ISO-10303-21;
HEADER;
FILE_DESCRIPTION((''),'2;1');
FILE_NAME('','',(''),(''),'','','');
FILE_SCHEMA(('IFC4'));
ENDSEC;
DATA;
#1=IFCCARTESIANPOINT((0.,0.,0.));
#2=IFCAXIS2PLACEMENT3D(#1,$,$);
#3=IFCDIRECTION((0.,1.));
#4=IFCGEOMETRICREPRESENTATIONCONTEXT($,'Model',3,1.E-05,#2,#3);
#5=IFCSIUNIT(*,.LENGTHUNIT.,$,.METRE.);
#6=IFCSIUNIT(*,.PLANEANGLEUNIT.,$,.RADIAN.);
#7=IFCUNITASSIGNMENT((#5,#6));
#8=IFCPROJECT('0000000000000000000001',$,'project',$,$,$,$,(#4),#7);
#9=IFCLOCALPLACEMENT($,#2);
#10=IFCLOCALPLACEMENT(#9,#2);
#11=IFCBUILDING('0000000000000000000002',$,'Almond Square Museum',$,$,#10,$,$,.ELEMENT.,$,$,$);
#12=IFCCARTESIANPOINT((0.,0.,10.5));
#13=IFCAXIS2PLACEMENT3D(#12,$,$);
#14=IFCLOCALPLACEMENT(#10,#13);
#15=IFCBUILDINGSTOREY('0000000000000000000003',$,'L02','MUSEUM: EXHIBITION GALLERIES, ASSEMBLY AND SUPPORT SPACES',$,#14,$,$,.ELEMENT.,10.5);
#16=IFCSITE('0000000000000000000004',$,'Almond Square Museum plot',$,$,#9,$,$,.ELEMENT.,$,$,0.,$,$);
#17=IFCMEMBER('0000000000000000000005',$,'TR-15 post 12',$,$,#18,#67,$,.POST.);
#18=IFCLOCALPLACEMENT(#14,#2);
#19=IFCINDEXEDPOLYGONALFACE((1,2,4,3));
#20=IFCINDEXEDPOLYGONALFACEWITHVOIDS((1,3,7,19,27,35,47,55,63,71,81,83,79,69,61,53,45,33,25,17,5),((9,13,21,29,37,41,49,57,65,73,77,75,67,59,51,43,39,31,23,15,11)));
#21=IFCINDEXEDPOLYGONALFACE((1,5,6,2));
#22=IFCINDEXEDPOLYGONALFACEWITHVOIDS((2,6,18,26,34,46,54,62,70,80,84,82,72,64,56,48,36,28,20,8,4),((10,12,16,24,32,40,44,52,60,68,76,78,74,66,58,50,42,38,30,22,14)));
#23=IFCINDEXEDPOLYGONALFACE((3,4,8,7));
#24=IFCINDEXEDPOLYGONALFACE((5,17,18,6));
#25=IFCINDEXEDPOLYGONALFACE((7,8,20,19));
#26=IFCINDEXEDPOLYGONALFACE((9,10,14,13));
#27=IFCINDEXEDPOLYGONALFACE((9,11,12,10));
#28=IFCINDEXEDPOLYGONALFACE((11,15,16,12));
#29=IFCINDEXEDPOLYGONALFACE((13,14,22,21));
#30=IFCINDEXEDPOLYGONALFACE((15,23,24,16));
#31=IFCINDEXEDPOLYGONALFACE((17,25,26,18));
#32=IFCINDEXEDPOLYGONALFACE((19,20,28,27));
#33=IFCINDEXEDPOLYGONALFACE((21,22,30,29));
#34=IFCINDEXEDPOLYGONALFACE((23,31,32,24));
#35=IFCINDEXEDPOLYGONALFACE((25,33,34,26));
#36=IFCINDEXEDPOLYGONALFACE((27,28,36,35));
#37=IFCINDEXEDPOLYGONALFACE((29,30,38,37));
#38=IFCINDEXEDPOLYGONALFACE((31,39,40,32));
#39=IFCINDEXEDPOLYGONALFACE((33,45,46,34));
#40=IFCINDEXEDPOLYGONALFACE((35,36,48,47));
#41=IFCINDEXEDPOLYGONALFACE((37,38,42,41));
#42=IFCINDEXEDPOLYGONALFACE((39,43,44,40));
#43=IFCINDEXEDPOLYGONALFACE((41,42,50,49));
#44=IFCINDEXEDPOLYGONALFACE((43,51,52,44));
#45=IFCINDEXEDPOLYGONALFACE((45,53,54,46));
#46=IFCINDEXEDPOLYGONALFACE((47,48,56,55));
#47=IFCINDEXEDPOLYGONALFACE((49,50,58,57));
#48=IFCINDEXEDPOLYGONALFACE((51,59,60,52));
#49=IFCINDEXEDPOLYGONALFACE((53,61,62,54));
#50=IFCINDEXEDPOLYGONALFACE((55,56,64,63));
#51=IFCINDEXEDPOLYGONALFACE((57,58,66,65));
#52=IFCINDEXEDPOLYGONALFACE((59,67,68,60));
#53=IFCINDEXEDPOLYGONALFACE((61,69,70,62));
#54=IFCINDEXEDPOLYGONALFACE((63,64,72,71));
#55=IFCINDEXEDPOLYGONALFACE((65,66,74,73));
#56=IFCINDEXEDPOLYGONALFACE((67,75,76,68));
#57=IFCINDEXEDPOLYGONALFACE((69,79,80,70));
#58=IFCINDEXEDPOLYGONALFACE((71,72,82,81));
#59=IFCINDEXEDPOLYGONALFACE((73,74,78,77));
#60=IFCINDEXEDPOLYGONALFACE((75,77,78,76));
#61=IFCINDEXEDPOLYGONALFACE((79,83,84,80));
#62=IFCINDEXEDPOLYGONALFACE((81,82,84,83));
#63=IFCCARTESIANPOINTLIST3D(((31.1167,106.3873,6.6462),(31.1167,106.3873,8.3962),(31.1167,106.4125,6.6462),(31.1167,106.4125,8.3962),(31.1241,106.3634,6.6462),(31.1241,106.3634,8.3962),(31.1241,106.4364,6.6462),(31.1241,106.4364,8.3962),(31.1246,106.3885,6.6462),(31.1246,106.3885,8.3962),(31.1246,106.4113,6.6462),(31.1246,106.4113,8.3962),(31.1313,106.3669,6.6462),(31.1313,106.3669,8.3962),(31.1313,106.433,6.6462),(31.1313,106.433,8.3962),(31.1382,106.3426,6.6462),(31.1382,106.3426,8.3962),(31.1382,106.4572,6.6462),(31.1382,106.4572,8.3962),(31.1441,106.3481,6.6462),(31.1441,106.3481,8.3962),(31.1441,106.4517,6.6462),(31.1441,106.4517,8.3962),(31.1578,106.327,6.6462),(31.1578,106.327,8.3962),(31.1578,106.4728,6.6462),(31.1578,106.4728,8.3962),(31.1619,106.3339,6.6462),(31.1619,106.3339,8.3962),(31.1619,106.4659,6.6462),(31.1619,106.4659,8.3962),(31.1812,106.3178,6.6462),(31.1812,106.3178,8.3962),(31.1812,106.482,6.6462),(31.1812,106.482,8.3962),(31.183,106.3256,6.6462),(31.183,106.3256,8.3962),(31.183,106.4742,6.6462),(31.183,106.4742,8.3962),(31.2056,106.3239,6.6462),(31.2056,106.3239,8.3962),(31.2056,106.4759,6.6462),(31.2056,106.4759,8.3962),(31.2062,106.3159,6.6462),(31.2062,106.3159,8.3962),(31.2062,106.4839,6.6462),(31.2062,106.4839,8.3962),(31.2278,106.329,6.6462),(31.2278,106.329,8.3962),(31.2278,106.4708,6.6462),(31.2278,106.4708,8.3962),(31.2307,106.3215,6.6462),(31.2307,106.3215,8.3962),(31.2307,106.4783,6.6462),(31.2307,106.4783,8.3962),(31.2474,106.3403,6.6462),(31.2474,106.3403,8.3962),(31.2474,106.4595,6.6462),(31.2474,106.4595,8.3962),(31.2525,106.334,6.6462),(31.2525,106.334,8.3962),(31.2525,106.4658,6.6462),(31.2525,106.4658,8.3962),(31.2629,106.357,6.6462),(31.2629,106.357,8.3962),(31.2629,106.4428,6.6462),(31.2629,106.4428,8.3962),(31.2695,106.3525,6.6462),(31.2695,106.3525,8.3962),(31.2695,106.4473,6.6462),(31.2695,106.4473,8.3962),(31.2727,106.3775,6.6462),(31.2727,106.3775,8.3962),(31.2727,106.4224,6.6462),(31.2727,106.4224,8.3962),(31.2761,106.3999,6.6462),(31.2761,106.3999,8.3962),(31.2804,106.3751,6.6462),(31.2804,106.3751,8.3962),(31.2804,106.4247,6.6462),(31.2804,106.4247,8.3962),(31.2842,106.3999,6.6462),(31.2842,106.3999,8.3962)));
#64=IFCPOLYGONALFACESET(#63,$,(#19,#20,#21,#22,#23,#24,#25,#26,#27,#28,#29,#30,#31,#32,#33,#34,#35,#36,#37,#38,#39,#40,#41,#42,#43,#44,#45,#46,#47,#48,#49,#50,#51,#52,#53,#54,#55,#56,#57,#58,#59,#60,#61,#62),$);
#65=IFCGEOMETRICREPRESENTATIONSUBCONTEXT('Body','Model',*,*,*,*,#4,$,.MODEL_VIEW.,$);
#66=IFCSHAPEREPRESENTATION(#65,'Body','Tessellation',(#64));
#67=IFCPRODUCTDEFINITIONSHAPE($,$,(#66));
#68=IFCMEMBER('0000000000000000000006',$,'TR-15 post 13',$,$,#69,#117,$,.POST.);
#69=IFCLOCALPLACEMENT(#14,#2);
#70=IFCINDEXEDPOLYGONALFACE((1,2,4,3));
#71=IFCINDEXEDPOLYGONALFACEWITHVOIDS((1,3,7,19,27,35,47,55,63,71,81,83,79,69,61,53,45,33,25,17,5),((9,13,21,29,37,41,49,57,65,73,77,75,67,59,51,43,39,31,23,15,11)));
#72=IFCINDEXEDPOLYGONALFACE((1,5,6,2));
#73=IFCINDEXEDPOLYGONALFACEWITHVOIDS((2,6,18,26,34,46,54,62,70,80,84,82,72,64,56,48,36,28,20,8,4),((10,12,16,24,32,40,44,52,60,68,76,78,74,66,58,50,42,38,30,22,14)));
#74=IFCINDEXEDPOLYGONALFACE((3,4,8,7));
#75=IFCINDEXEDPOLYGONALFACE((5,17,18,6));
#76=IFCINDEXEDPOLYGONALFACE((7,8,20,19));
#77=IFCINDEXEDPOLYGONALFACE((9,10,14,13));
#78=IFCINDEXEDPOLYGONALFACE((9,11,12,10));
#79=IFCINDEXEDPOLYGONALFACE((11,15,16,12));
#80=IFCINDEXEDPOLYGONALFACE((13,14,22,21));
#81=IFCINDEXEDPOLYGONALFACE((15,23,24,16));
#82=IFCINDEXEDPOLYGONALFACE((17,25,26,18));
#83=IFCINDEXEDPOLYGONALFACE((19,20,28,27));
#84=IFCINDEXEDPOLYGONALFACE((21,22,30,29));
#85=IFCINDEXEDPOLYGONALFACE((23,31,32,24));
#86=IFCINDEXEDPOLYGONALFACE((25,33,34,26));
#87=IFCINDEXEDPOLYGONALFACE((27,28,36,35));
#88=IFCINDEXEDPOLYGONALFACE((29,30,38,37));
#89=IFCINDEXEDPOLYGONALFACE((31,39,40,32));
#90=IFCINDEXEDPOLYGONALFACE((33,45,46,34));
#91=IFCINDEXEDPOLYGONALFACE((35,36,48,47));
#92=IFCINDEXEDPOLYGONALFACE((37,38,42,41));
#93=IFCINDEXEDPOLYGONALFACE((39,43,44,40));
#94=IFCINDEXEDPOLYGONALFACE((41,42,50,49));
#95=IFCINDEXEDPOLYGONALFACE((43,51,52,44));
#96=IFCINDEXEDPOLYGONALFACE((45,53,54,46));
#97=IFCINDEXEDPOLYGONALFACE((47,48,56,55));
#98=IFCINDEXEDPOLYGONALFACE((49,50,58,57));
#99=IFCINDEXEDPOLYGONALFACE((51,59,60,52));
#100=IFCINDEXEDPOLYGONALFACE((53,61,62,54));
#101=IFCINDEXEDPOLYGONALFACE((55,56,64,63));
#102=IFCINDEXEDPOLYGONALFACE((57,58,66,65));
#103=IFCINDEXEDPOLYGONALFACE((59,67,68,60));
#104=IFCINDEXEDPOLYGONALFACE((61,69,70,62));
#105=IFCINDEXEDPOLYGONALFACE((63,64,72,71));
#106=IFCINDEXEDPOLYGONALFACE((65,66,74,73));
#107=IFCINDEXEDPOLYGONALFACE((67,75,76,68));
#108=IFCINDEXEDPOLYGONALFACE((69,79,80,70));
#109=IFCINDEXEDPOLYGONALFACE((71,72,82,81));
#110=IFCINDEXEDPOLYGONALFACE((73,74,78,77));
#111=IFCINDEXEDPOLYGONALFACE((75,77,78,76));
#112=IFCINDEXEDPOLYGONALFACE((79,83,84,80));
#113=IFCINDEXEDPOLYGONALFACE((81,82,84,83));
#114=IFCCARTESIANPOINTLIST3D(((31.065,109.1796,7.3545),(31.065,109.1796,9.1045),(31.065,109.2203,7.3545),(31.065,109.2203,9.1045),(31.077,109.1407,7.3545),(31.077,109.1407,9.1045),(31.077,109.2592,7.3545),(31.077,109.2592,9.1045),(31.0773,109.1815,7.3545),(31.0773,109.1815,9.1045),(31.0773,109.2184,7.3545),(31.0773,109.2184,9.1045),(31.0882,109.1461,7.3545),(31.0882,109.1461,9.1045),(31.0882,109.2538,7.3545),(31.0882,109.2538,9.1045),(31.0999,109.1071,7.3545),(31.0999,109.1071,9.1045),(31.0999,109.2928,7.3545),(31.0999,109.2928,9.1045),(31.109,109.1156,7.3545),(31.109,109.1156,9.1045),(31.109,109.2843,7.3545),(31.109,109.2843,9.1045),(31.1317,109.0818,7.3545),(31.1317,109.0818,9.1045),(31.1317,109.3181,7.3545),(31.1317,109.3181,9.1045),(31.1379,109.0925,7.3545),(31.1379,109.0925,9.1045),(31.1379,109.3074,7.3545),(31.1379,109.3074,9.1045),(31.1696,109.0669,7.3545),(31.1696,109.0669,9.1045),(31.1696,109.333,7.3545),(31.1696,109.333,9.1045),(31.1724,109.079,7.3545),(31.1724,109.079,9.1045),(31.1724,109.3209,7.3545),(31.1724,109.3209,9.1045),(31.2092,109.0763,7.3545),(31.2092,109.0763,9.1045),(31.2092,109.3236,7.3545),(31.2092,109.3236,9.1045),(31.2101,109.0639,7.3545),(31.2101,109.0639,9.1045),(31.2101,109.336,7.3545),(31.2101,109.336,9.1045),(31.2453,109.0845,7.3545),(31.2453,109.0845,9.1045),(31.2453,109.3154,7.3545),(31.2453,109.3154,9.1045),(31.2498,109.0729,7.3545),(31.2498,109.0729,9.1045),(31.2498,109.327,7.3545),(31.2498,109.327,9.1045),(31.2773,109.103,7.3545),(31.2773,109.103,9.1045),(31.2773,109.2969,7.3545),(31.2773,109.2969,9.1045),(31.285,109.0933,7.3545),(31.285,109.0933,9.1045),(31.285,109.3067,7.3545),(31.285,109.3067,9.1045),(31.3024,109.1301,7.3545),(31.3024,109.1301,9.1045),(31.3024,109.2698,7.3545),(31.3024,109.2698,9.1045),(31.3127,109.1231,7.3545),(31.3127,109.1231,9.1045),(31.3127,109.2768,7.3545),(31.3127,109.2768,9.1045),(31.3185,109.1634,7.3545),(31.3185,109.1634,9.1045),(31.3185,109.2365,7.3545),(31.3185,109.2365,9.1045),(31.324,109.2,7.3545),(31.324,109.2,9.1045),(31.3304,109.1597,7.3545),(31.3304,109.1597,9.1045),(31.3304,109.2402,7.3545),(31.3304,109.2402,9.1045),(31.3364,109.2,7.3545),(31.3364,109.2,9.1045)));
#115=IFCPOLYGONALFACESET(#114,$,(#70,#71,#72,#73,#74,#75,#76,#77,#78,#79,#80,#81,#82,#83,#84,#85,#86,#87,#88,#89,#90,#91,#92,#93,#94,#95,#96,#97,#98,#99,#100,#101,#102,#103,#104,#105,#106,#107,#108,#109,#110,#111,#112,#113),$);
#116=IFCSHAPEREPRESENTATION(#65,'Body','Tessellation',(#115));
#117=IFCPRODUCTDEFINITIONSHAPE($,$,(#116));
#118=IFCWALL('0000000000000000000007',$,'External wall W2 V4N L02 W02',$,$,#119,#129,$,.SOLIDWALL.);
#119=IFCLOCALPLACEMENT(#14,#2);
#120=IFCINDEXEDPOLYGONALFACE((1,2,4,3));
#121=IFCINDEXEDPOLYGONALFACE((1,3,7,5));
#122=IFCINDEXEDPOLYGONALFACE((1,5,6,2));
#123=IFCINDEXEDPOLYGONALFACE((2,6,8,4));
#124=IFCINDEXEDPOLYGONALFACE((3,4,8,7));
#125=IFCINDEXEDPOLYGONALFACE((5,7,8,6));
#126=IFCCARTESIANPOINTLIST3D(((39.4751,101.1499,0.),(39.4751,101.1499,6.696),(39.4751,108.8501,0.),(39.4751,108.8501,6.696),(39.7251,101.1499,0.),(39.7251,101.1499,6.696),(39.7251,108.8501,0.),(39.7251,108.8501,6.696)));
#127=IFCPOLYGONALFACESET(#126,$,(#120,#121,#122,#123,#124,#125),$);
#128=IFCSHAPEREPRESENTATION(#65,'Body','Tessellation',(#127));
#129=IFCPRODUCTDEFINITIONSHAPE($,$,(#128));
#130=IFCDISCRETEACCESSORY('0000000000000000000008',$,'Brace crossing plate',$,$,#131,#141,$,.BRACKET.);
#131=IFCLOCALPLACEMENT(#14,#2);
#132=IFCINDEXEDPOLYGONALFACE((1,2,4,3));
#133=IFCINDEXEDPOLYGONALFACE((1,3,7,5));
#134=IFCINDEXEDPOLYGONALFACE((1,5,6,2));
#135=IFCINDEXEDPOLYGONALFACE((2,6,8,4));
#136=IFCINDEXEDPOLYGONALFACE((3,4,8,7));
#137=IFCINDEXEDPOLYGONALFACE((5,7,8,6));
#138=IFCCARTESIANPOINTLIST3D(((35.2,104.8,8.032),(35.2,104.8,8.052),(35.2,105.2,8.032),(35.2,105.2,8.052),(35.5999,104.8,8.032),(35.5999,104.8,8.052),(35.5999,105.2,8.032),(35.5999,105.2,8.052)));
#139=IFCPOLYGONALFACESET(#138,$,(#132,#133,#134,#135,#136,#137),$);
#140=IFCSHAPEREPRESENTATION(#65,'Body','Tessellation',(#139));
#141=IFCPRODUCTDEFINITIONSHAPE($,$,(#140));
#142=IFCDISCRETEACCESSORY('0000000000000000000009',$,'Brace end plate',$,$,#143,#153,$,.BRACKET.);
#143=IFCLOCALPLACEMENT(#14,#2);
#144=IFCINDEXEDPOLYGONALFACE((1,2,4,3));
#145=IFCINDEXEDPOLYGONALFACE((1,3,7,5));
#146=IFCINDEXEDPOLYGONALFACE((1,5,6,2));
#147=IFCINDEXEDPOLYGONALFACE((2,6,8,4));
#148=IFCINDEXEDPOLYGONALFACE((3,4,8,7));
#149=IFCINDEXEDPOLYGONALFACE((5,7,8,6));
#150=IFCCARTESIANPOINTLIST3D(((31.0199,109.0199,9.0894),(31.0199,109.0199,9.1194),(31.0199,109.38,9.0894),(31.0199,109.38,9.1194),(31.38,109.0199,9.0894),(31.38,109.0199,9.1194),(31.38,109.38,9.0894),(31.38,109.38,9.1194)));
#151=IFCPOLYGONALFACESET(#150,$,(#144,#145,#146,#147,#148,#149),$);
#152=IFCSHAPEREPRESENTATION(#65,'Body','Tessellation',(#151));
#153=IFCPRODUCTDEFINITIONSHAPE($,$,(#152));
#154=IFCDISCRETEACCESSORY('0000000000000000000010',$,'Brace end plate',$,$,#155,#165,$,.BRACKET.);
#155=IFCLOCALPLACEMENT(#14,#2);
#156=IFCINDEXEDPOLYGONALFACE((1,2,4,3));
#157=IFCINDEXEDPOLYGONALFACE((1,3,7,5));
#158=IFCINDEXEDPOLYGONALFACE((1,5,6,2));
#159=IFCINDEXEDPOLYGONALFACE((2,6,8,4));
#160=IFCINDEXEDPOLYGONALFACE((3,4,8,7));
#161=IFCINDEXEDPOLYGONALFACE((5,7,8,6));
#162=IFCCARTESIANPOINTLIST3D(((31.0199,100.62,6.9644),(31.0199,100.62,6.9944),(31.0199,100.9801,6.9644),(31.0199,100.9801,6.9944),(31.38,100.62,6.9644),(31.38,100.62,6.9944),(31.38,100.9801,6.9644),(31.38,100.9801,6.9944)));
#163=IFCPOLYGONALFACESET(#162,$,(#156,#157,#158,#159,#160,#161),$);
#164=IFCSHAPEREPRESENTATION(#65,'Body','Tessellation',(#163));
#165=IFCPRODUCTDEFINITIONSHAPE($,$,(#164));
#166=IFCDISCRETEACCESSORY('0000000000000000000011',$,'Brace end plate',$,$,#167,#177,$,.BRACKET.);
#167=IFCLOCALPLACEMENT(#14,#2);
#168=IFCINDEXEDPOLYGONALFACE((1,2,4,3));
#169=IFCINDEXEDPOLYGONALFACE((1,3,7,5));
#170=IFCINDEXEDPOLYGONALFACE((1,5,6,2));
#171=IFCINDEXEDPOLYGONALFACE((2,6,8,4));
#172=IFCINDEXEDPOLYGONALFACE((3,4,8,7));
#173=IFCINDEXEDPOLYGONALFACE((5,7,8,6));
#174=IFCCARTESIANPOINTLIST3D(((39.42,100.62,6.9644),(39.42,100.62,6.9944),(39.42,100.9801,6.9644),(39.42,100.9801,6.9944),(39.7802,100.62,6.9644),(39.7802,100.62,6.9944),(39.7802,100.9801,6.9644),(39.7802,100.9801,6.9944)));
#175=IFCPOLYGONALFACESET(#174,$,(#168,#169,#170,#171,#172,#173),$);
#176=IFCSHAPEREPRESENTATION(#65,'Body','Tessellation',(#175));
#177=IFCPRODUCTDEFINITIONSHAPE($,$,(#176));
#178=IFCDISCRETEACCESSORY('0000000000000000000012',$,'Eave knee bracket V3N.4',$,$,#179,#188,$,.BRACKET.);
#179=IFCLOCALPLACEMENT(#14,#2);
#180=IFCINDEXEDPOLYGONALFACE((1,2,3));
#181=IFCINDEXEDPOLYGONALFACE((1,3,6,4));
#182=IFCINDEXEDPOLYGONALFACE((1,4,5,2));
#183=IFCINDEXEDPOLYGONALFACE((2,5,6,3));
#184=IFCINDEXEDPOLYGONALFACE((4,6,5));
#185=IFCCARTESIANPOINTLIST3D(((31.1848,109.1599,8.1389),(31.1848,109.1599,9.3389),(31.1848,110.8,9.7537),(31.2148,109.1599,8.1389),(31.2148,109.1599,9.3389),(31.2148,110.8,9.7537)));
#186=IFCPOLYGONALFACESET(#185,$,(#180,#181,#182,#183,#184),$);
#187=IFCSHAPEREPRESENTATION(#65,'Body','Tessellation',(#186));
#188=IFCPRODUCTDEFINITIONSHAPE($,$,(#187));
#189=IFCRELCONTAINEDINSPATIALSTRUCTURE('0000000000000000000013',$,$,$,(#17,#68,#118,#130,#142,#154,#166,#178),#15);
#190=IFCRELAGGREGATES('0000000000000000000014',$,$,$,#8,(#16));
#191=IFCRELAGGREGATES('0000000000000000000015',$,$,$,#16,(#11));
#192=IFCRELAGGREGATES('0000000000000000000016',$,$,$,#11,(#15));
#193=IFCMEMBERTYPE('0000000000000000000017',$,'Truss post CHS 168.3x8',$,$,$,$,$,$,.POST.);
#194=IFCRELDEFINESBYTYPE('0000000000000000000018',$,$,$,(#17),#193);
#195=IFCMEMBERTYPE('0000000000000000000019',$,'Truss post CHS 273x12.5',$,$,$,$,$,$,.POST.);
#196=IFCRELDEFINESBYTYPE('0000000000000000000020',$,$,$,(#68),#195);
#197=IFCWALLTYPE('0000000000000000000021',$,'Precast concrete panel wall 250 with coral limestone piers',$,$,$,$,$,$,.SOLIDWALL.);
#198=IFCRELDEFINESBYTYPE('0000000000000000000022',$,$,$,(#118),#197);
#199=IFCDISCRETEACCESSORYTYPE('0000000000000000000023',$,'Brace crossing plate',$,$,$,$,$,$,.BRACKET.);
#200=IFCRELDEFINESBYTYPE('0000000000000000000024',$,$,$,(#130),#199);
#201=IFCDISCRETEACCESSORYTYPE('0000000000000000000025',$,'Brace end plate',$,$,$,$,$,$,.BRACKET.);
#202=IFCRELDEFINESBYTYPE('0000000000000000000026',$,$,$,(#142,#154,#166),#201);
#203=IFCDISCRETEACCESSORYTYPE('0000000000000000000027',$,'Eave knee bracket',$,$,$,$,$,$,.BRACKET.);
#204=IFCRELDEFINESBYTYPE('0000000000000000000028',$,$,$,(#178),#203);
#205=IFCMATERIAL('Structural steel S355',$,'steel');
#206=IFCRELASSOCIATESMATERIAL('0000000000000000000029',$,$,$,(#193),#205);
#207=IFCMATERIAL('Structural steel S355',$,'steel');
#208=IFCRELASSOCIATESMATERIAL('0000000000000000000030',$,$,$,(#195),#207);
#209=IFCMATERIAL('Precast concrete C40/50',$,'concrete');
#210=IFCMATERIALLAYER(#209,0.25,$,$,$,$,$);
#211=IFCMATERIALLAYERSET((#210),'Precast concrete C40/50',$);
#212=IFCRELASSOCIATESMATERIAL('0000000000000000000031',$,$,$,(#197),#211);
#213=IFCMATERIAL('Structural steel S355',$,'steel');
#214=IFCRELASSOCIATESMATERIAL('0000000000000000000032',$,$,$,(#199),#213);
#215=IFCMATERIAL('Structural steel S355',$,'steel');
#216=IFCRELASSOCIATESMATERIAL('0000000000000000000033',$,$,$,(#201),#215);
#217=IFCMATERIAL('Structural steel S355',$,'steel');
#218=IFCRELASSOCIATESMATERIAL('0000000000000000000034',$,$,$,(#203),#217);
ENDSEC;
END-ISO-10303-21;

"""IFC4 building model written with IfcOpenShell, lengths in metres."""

from ifc_helpers import new_model, si_unit, direction, frame, frame_2d, origin, origin_2d, place, context, subcontext, project, spatial, polyline, rectangle, hollow_circle, outline, extrude, material, layer, layer_set, material_profile, profile_set, type_object, element, save


model = new_model("IFC4")

# Units and contexts
model_context = context("Model", 3, precision=1e-05, world=origin(), true_north=direction((0.0, 1.0)))
body_context = subcontext(model_context, "Body", "Model", "MODEL_VIEW")
ifc_project = project(units=[si_unit("LENGTHUNIT", "METRE"), si_unit("PLANEANGLEUNIT", "RADIAN")], contexts=[model_context])

# Site, building, storey
site_placement = place(None, origin())
site = spatial("IfcSite", under=ifc_project, at=site_placement, Name="Almond Square Museum plot", CompositionType="ELEMENT", RefElevation=0.0)
building_placement = place(site_placement, origin())
building = spatial("IfcBuilding", under=site, at=building_placement, Name="Almond Square Museum", CompositionType="ELEMENT")
storey_placement = place(building_placement, frame((0.0, 0.0, 10.5)))
storey = spatial("IfcBuildingStorey", under=building, at=storey_placement, Name="L02", Description="MUSEUM: EXHIBITION GALLERIES, ASSEMBLY AND SUPPORT SPACES", CompositionType="ELEMENT", Elevation=10.5)

# Members
ifc_material_1 = material(Name="Structural steel S355", Category="steel")
ifc_material_profile_1 = material_profile(ifc_material_1, hollow_circle(Radius=0.0842, WallThickness=0.0081, at=origin_2d()))
ifc_profile_set_1 = profile_set([ifc_material_profile_1], Name="Structural steel S355")
member_type_1 = type_object("IfcMemberType", Name="Truss post CHS 168.3x8", PredefinedType="POST", material=ifc_profile_set_1)
for number, where, z_axis, x_axis, name in (
    (1, (31.2, 106.3999, 6.6462), (0.0, 0.0, 1.0), (1.0, 0.0, 0.0), "TR-15 post 12"),
):
    element("IfcMember", number, at=place(storey_placement, frame(where, z_axis=z_axis, x_axis=x_axis)), inside=storey, type_object=member_type_1, Name=name, PredefinedType="POST", context=body_context, shape_type="SweptSolid", body=[
        extrude(hollow_circle(Radius=0.0842, WallThickness=0.0081, at=origin_2d()), origin(), (0.0, 0.0, 1.0), 1.75),
    ])
ifc_material_2 = material(Name="Structural steel S355", Category="steel")
ifc_material_profile_2 = material_profile(ifc_material_2, hollow_circle(Radius=0.1365, WallThickness=0.0125, at=origin_2d()))
ifc_profile_set_2 = profile_set([ifc_material_profile_2], Name="Structural steel S355")
member_type_2 = type_object("IfcMemberType", Name="Truss post CHS 273x12.5", PredefinedType="POST", material=ifc_profile_set_2)
member_1_placement = place(storey_placement, frame((31.2, 109.2, 7.3545), z_axis=(0.0, 0.0, 1.0), x_axis=(1.0, 0.0, 0.0)))
element("IfcMember", 2, at=member_1_placement, inside=storey, type_object=member_type_2, Name="TR-15 post 13", PredefinedType="POST", context=body_context, shape_type="SweptSolid", body=[
    extrude(hollow_circle(Radius=0.1365, WallThickness=0.0125, at=origin_2d()), origin(), (0.0, 0.0, 1.0), 1.75),
])

# Wall
ifc_material_3 = material(Name="Precast concrete C40/50", Category="concrete")
ifc_layer = layer(ifc_material_3, 0.25)
ifc_layer_set = layer_set([ifc_layer], Name="Precast concrete C40/50")
wall_type = type_object("IfcWallType", Name="Precast concrete panel wall 250 with coral limestone piers", PredefinedType="SOLIDWALL", material=ifc_layer_set)
wall_placement = place(storey_placement, frame((39.6001, 101.1499, 0.0), z_axis=(0.0, 0.0, 1.0), x_axis=(0.0, 1.0, 0.0)))
element("IfcWall", 3, at=wall_placement, inside=storey, type_object=wall_type, Name="External wall W2 V4N L02 W02", PredefinedType="SOLIDWALL", context=body_context, shape_type="SweptSolid", body=[
    extrude(rectangle(XDim=7.7002, YDim=0.25, at=frame_2d((3.8501, 0.0))), origin(), (0.0, 0.0, 1.0), 6.696),
])

# Discrete accessories
ifc_material_4 = material(Name="Structural steel S355", Category="steel")
discrete_accessory_type_1 = type_object("IfcDiscreteAccessoryType", Name="Brace crossing plate", PredefinedType="BRACKET", material=ifc_material_4)
discrete_accessory_1_placement = place(storey_placement, frame((35.3999, 105.0, 8.032), z_axis=(0.0, 0.0, 1.0), x_axis=(1.0, 0.0, 0.0)))
element("IfcDiscreteAccessory", 4, at=discrete_accessory_1_placement, inside=storey, type_object=discrete_accessory_type_1, Name="Brace crossing plate", PredefinedType="BRACKET", context=body_context, shape_type="SweptSolid", body=[
    extrude(rectangle(XDim=0.3999, YDim=0.3999, at=origin_2d()), origin(), (0.0, 0.0, 1.0), 0.02),
])
ifc_material_5 = material(Name="Structural steel S355", Category="steel")
discrete_accessory_type_2 = type_object("IfcDiscreteAccessoryType", Name="Brace end plate", PredefinedType="BRACKET", material=ifc_material_5)
for number, where, z_axis, x_axis, name in (
    (5, (31.2, 109.2, 9.0894), (0.0, 0.0, 1.0), (1.0, 0.0, 0.0), "Brace end plate"),
    (6, (31.2, 100.8, 6.9644), (0.0, 0.0, 1.0), (1.0, 0.0, 0.0), "Brace end plate"),
    (7, (39.6001, 100.8, 6.9644), (0.0, 0.0, 1.0), (1.0, 0.0, 0.0), "Brace end plate"),
):
    element("IfcDiscreteAccessory", number, at=place(storey_placement, frame(where, z_axis=z_axis, x_axis=x_axis)), inside=storey, type_object=discrete_accessory_type_2, Name=name, PredefinedType="BRACKET", context=body_context, shape_type="SweptSolid", body=[
        extrude(rectangle(XDim=0.3601, YDim=0.3601, at=origin_2d()), origin(), (0.0, 0.0, 1.0), 0.03),
    ])
ifc_material_6 = material(Name="Structural steel S355", Category="steel")
discrete_accessory_type_3 = type_object("IfcDiscreteAccessoryType", Name="Eave knee bracket", PredefinedType="BRACKET", material=ifc_material_6)
discrete_accessory_2_placement = place(storey_placement, frame((31.2, 109.1599, 9.3389), z_axis=(1.0, 0.0, 0.0), x_axis=(0.0, 0.0, -1.0)))
element("IfcDiscreteAccessory", 8, at=discrete_accessory_2_placement, inside=storey, type_object=discrete_accessory_type_3, Name="Eave knee bracket V3N.4", PredefinedType="BRACKET", context=body_context, shape_type="SweptSolid", body=[
    extrude(outline(polyline([(0.0, 0.0), (1.2, 0.0), (-0.4148, 1.6401), (0.0, 0.0)])), frame((0.0, 0.0, -0.0151)), (0.0, 0.0, 1.0), 0.03),
])

save(model, "model.ifc")
